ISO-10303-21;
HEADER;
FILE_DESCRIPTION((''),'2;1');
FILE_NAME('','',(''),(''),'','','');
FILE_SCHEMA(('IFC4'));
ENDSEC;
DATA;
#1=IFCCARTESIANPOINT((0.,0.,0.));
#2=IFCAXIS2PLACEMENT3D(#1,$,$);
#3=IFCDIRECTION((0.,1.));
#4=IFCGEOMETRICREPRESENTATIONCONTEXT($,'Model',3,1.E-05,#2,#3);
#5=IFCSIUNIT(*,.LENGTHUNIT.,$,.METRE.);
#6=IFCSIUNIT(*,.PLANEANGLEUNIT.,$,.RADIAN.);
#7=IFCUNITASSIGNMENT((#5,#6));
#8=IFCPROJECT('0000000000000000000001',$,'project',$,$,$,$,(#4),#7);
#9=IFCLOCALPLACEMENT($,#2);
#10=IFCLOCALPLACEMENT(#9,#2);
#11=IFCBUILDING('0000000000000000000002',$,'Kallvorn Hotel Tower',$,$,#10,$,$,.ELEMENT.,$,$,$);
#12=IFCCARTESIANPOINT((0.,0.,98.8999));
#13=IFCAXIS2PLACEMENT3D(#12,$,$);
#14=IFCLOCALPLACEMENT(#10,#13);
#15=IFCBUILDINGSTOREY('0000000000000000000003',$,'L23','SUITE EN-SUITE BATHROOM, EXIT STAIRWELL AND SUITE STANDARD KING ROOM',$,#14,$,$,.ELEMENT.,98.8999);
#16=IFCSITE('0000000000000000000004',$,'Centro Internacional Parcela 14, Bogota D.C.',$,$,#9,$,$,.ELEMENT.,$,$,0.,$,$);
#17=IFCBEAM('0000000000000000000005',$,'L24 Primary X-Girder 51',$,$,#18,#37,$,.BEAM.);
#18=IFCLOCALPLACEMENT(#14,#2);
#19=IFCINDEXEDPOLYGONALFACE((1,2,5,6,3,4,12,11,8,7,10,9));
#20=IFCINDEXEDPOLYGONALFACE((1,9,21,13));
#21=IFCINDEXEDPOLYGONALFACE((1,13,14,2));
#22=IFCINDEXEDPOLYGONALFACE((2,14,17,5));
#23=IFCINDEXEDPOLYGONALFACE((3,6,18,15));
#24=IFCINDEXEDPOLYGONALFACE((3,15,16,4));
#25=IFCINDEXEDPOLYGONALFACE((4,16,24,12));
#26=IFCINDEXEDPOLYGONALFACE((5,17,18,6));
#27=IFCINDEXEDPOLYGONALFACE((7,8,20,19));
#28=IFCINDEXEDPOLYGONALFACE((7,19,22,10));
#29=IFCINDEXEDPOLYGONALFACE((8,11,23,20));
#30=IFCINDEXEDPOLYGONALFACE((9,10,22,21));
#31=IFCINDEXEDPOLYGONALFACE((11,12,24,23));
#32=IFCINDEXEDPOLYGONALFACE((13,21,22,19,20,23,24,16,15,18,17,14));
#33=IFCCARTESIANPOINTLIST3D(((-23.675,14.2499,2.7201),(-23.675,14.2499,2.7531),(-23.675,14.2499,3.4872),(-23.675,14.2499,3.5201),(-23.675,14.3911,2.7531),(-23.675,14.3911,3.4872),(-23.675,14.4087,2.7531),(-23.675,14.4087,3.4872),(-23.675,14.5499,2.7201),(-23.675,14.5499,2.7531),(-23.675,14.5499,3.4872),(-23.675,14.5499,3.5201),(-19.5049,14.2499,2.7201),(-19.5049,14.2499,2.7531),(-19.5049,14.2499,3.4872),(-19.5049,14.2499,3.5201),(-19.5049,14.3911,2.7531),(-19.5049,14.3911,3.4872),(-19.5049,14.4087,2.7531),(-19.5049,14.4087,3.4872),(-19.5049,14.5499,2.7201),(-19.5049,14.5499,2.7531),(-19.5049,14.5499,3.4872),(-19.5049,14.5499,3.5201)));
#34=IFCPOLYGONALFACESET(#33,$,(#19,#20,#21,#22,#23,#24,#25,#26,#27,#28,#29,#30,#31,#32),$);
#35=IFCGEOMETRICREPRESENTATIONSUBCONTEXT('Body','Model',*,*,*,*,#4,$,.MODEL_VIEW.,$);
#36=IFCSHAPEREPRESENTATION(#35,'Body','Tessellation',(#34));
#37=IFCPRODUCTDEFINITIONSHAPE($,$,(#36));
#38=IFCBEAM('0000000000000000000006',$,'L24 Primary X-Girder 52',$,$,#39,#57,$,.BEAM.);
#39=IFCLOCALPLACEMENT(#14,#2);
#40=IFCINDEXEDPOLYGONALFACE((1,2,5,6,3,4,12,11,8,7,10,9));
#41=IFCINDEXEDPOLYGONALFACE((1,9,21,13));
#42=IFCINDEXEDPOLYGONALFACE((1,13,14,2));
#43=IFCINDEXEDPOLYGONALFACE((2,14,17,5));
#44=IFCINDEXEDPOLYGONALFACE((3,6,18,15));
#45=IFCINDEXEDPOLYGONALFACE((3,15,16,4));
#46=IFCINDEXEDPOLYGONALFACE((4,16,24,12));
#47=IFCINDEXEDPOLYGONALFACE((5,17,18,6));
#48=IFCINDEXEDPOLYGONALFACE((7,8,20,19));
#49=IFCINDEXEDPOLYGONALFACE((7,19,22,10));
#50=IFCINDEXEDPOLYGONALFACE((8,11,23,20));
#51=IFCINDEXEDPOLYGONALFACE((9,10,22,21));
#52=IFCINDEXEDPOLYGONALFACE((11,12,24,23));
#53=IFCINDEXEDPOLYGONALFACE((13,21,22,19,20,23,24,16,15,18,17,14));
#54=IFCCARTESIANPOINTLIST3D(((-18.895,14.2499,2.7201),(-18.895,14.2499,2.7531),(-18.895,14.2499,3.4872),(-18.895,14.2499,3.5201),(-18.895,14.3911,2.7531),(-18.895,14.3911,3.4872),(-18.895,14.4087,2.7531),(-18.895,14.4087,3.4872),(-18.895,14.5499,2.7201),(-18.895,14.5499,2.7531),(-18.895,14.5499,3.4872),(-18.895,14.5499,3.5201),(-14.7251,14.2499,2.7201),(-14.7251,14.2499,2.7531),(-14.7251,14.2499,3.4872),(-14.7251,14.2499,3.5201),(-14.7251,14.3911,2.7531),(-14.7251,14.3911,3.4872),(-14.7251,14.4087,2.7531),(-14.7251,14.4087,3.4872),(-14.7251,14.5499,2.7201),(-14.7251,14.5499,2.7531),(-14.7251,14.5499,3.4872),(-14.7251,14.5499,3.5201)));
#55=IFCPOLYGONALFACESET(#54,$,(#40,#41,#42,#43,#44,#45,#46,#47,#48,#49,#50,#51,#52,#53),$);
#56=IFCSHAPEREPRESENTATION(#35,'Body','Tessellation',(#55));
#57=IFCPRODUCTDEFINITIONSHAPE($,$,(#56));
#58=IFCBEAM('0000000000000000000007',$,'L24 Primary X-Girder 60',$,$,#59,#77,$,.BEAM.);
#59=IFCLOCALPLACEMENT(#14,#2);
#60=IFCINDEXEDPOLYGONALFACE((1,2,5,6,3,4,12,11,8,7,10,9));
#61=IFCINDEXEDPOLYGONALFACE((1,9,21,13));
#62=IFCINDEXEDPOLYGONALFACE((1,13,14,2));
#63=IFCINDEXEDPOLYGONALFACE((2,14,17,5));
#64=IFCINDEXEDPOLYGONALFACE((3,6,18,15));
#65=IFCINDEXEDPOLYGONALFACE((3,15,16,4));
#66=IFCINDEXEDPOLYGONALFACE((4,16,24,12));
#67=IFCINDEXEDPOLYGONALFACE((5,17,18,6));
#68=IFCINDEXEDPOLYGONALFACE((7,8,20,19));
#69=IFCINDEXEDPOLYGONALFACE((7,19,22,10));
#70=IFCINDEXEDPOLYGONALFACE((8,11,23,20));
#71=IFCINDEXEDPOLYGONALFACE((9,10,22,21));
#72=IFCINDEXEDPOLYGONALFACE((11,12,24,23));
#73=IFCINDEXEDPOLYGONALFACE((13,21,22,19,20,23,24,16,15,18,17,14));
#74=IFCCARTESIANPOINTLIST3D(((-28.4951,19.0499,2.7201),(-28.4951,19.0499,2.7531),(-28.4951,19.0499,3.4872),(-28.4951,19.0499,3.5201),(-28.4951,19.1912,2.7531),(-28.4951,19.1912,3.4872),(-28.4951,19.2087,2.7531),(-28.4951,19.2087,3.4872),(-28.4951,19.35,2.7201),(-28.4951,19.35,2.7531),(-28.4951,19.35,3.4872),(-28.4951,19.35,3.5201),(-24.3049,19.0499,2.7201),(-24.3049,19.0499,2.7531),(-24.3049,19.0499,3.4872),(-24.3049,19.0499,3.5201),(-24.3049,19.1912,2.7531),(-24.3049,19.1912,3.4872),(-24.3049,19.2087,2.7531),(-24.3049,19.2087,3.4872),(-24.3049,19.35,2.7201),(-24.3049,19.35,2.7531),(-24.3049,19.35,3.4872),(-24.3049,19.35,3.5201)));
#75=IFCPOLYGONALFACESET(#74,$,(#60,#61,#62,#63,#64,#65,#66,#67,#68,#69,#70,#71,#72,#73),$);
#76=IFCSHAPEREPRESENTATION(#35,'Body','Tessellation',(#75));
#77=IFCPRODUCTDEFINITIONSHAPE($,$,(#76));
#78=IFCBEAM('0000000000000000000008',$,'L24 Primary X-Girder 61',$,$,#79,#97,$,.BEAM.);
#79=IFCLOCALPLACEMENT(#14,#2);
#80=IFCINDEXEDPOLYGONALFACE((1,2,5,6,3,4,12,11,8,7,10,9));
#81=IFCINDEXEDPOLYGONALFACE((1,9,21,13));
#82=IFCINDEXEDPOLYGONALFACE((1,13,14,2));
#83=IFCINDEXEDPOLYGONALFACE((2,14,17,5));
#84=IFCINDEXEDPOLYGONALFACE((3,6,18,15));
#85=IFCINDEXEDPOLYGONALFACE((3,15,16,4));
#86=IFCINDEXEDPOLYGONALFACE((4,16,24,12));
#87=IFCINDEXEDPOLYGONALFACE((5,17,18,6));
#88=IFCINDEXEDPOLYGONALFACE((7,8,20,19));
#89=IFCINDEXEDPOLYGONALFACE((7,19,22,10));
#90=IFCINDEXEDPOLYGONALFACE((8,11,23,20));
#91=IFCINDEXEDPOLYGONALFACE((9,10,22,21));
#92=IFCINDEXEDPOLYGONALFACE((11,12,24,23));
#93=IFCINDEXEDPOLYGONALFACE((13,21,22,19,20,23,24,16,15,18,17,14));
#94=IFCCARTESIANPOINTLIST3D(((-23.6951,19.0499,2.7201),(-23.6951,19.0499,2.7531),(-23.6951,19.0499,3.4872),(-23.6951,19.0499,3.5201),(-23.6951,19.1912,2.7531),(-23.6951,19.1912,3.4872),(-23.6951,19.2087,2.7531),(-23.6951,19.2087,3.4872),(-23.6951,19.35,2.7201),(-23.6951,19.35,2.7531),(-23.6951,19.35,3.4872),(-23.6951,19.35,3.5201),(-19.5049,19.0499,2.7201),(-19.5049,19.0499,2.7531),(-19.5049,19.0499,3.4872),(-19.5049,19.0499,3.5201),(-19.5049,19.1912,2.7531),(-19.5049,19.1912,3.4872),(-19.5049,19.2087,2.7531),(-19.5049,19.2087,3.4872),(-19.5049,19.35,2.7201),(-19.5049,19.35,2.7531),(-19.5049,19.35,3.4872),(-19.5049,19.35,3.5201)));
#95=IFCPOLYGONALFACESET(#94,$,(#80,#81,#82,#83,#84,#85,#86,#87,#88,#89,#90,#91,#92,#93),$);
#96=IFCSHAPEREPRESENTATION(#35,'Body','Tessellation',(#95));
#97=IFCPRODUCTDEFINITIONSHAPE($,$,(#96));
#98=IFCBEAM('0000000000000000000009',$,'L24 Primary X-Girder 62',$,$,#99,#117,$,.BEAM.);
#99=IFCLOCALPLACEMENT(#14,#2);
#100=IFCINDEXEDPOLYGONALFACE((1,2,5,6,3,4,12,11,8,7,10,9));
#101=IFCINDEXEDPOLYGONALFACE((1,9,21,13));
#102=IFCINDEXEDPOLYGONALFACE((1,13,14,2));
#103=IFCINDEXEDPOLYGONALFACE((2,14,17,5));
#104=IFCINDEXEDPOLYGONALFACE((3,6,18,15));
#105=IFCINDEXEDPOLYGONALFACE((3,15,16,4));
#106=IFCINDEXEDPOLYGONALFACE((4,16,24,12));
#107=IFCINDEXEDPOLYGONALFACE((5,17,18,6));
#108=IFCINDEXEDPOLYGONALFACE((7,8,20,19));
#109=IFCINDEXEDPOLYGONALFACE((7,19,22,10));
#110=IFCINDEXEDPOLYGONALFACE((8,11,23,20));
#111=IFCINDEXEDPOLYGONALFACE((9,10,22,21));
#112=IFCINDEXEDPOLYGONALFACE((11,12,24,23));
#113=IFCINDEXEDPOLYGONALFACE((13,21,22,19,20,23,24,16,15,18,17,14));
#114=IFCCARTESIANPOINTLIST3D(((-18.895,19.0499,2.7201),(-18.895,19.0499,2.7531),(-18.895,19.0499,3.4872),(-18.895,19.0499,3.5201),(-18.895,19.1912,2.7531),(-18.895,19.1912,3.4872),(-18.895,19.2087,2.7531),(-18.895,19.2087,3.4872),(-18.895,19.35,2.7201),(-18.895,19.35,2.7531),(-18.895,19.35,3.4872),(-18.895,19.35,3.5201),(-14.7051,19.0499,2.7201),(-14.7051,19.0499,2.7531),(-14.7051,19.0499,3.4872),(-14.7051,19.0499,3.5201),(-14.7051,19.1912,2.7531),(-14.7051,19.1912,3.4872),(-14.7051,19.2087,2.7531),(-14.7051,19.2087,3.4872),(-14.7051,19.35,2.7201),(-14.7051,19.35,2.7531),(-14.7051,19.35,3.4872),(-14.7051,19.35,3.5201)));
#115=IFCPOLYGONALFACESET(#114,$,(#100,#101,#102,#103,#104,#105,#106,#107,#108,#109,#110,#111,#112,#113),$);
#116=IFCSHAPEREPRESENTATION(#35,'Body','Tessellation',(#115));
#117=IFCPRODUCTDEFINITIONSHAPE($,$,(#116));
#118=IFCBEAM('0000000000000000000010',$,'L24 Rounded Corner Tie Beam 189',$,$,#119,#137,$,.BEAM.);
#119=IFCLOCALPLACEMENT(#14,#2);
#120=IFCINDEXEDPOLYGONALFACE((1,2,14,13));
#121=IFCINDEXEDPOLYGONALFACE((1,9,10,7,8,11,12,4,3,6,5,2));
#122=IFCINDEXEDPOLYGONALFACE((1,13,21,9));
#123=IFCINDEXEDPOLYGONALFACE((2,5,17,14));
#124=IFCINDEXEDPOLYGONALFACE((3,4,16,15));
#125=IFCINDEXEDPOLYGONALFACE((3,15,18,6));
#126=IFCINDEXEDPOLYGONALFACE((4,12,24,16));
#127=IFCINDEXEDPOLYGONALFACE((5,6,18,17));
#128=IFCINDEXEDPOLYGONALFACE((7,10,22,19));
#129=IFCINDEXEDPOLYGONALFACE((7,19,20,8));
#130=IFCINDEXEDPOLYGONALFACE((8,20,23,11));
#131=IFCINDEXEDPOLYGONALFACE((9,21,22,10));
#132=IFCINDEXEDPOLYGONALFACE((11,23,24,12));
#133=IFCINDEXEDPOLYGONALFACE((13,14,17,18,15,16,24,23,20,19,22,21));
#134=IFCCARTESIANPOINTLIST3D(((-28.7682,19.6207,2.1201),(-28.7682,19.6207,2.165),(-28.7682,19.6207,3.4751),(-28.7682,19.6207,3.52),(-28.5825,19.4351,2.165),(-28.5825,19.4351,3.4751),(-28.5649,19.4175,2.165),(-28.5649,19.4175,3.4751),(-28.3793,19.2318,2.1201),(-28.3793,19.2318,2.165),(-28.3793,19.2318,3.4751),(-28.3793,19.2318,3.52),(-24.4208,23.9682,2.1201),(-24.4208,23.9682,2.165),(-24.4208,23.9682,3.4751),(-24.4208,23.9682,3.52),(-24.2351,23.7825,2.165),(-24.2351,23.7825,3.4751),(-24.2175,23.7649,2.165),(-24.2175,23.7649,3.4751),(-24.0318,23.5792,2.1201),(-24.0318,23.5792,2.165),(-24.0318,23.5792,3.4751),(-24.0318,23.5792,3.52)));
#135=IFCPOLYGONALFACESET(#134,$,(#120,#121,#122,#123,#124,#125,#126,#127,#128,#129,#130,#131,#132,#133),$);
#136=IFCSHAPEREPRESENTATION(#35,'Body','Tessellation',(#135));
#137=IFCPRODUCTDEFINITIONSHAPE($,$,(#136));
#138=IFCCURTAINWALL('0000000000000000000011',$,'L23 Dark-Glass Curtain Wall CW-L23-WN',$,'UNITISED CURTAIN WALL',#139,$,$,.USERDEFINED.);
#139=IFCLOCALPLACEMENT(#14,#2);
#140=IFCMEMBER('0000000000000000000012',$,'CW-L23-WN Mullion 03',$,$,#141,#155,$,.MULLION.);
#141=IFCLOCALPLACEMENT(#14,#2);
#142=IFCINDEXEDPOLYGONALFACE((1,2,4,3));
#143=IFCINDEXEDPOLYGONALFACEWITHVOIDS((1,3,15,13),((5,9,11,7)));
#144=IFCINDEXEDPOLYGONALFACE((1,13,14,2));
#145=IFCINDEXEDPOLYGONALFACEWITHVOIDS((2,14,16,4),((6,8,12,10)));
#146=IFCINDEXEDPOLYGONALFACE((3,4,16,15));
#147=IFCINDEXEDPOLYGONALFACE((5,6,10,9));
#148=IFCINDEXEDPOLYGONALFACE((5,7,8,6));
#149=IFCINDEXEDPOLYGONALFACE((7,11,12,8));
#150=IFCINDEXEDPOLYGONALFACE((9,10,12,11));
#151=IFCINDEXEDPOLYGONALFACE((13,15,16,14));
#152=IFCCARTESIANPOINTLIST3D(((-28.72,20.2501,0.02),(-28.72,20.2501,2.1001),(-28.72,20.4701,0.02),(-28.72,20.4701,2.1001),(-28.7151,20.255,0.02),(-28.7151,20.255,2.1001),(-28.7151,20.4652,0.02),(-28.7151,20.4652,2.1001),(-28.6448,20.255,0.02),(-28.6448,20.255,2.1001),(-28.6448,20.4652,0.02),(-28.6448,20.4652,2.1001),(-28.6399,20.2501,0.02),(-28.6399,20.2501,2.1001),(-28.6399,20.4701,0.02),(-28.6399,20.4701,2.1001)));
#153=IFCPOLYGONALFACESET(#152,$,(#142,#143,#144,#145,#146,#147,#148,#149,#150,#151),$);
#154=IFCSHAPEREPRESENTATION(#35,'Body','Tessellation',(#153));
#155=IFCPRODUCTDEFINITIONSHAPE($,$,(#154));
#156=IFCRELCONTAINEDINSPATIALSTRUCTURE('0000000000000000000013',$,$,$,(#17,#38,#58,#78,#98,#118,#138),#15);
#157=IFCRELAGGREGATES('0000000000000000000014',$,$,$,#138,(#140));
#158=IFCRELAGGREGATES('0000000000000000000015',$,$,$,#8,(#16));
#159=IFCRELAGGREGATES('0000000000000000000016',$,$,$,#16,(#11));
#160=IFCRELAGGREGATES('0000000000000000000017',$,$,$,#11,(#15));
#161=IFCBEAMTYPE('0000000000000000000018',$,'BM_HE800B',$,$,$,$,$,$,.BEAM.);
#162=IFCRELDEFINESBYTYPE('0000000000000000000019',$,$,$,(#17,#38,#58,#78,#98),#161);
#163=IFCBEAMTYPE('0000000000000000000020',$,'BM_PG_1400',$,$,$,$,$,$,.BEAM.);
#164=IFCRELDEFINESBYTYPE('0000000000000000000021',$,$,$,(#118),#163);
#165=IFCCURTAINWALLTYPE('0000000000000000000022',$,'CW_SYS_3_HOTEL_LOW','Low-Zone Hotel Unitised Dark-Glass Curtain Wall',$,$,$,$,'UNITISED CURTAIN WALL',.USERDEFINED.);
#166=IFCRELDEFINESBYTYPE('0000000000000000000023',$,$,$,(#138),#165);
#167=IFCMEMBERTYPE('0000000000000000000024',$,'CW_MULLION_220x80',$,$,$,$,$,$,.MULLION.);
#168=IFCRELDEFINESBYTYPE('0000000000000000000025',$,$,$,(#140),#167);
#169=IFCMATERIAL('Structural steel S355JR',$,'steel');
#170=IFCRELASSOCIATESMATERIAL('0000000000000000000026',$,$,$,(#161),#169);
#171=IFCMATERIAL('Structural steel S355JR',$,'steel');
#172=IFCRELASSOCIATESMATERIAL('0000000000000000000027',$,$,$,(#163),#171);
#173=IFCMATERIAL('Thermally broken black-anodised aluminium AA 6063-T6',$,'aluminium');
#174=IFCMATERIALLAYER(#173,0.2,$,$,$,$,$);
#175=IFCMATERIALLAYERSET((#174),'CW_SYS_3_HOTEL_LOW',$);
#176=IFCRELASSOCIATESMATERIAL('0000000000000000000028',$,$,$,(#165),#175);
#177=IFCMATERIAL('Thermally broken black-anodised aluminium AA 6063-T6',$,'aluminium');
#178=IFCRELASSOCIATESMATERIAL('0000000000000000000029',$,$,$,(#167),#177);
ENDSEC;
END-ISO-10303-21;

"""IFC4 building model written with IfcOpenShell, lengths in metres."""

from ifc_helpers import new_model, si_unit, direction, frame, origin, origin_2d, place, context, subcontext, project, spatial, hollow_rectangle, i_section, extrude, material, layer, layer_set, material_profile, profile_set, type_object, element, aggregate, save


model = new_model("IFC4")

# Units and contexts
model_context = context("Model", 3, precision=1e-05, world=origin(), true_north=direction((0.0, 1.0)))
body_context = subcontext(model_context, "Body", "Model", "MODEL_VIEW")
ifc_project = project(units=[si_unit("LENGTHUNIT", "METRE"), si_unit("PLANEANGLEUNIT", "RADIAN")], contexts=[model_context])

# Site, building, storey
site_placement = place(None, origin())
site = spatial("IfcSite", under=ifc_project, at=site_placement, Name="Centro Internacional Parcela 14, Bogota D.C.", CompositionType="ELEMENT", RefElevation=0.0)
building_placement = place(site_placement, origin())
building = spatial("IfcBuilding", under=site, at=building_placement, Name="Kallvorn Hotel Tower", CompositionType="ELEMENT")
storey_placement = place(building_placement, frame((0.0, 0.0, 98.8999)))
storey = spatial("IfcBuildingStorey", under=building, at=storey_placement, Name="L23", Description="SUITE EN-SUITE BATHROOM, EXIT STAIRWELL AND SUITE STANDARD KING ROOM", CompositionType="ELEMENT", Elevation=98.8999)

# Beams
ifc_material_1 = material(Name="Structural steel S355JR", Category="steel")
ifc_material_profile_1 = material_profile(ifc_material_1, i_section(OverallWidth=0.3, OverallDepth=0.8, WebThickness=0.0176, FlangeThickness=0.033, at=origin_2d()), Name="HE 800 B")
ifc_profile_set_1 = profile_set([ifc_material_profile_1], Name="Structural steel S355JR")
beam_type_1 = type_object("IfcBeamType", Name="BM_HE800B", PredefinedType="BEAM", material=ifc_profile_set_1)
beam_1_placement = place(storey_placement, frame((-23.675, 14.3999, 3.1201), z_axis=(1.0, 0.0, 0.0), x_axis=(0.0, 1.0, 0.0)))
element("IfcBeam", 1, at=beam_1_placement, inside=storey, type_object=beam_type_1, Name="L24 Primary X-Girder 51", PredefinedType="BEAM", context=body_context, shape_type="SweptSolid", body=[
    extrude(i_section(OverallWidth=0.3, OverallDepth=0.8, WebThickness=0.0176, FlangeThickness=0.033, at=origin_2d()), origin(), (0.0, 0.0, 1.0), 4.1702),
])
beam_2_placement = place(storey_placement, frame((-18.895, 14.3999, 3.1201), z_axis=(1.0, 0.0, 0.0), x_axis=(0.0, 1.0, 0.0)))
element("IfcBeam", 2, at=beam_2_placement, inside=storey, type_object=beam_type_1, Name="L24 Primary X-Girder 52", PredefinedType="BEAM", context=body_context, shape_type="SweptSolid", body=[
    extrude(i_section(OverallWidth=0.3, OverallDepth=0.8, WebThickness=0.0176, FlangeThickness=0.033, at=origin_2d()), origin(), (0.0, 0.0, 1.0), 4.1699),
])
for number, where, z_axis, x_axis, name in (
    (3, (-28.4951, 19.2, 3.1201), (1.0, 0.0, 0.0), (0.0, 1.0, 0.0), "L24 Primary X-Girder 60"),
    (4, (-23.6951, 19.2, 3.1201), (1.0, 0.0, 0.0), (0.0, 1.0, 0.0), "L24 Primary X-Girder 61"),
):
    element("IfcBeam", number, at=place(storey_placement, frame(where, z_axis=z_axis, x_axis=x_axis)), inside=storey, type_object=beam_type_1, Name=name, PredefinedType="BEAM", context=body_context, shape_type="SweptSolid", body=[
        extrude(i_section(OverallWidth=0.3, OverallDepth=0.8, WebThickness=0.0176, FlangeThickness=0.033, at=origin_2d()), origin(), (0.0, 0.0, 1.0), 4.1902),
    ])
beam_3_placement = place(storey_placement, frame((-18.895, 19.2, 3.1201), z_axis=(1.0, 0.0, 0.0), x_axis=(0.0, 1.0, 0.0)))
element("IfcBeam", 5, at=beam_3_placement, inside=storey, type_object=beam_type_1, Name="L24 Primary X-Girder 62", PredefinedType="BEAM", context=body_context, shape_type="SweptSolid", body=[
    extrude(i_section(OverallWidth=0.3, OverallDepth=0.8, WebThickness=0.0176, FlangeThickness=0.033, at=origin_2d()), origin(), (0.0, 0.0, 1.0), 4.1899),
])
ifc_material_2 = material(Name="Structural steel S355JR", Category="steel")
ifc_material_profile_2 = material_profile(ifc_material_2, i_section(OverallWidth=0.55, OverallDepth=1.3999, WebThickness=0.0249, FlangeThickness=0.0449, at=origin_2d()), Name="PG 1400x550x25x45")
ifc_profile_set_2 = profile_set([ifc_material_profile_2], Name="Structural steel S355JR")
beam_type_2 = type_object("IfcBeamType", Name="BM_PG_1400", PredefinedType="BEAM", material=ifc_profile_set_2)
beam_4_placement = place(storey_placement, frame((-28.5737, 19.4263, 2.8201), z_axis=(0.707107, 0.707107, 0.0), x_axis=(-0.707107, 0.707107, 0.0)))
element("IfcBeam", 6, at=beam_4_placement, inside=storey, type_object=beam_type_2, Name="L24 Rounded Corner Tie Beam 189", PredefinedType="BEAM", context=body_context, shape_type="SweptSolid", body=[
    extrude(i_section(OverallWidth=0.55, OverallDepth=1.3999, WebThickness=0.0249, FlangeThickness=0.0449, at=origin_2d()), origin(), (0.0, 0.0, 1.0), 6.1482),
])

# Curtain wall, member
ifc_material_3 = material(Name="Thermally broken black-anodised aluminium AA 6063-T6", Category="aluminium")
ifc_layer_1 = layer(ifc_material_3, 0.2)
ifc_layer_set_1 = layer_set([ifc_layer_1], Name="CW_SYS_3_HOTEL_LOW")
curtain_wall_type = type_object("IfcCurtainWallType", Name="CW_SYS_3_HOTEL_LOW", Description="Low-Zone Hotel Unitised Dark-Glass Curtain Wall", ElementType="UNITISED CURTAIN WALL", PredefinedType="USERDEFINED", material=ifc_layer_set_1)
curtain_wall_placement = place(storey_placement, origin())
curtain_wall = element("IfcCurtainWall", 7, at=curtain_wall_placement, inside=storey, type_object=curtain_wall_type, Name="L23 Dark-Glass Curtain Wall CW-L23-WN", ObjectType="UNITISED CURTAIN WALL", PredefinedType="USERDEFINED")
ifc_material_4 = material(Name="Thermally broken black-anodised aluminium AA 6063-T6", Category="aluminium")
ifc_material_profile_3 = material_profile(ifc_material_4, hollow_rectangle(XDim=0.0801, YDim=0.22, WallThickness=0.0049, at=origin_2d()), Name="MUL 220x80")
ifc_profile_set_3 = profile_set([ifc_material_profile_3], Name="Thermally broken black-anodised aluminium AA 6063-T6")
member_type_1 = type_object("IfcMemberType", Name="CW_MULLION_220x80", PredefinedType="MULLION", material=ifc_profile_set_3)
member_placement = place(storey_placement, frame((-28.6799, 20.3601, 0.02), z_axis=(0.0, 0.0, 1.0), x_axis=(1.0, 0.0, 0.0)))
member = element("IfcMember", 8, at=member_placement, type_object=member_type_1, Name="CW-L23-WN Mullion 03", PredefinedType="MULLION", context=body_context, shape_type="SweptSolid", body=[
    extrude(hollow_rectangle(XDim=0.0801, YDim=0.22, WallThickness=0.0049, at=origin_2d()), origin(), (0.0, 0.0, 1.0), 2.0801),
])

aggregate(curtain_wall, [member])

save(model, "model.ifc")
